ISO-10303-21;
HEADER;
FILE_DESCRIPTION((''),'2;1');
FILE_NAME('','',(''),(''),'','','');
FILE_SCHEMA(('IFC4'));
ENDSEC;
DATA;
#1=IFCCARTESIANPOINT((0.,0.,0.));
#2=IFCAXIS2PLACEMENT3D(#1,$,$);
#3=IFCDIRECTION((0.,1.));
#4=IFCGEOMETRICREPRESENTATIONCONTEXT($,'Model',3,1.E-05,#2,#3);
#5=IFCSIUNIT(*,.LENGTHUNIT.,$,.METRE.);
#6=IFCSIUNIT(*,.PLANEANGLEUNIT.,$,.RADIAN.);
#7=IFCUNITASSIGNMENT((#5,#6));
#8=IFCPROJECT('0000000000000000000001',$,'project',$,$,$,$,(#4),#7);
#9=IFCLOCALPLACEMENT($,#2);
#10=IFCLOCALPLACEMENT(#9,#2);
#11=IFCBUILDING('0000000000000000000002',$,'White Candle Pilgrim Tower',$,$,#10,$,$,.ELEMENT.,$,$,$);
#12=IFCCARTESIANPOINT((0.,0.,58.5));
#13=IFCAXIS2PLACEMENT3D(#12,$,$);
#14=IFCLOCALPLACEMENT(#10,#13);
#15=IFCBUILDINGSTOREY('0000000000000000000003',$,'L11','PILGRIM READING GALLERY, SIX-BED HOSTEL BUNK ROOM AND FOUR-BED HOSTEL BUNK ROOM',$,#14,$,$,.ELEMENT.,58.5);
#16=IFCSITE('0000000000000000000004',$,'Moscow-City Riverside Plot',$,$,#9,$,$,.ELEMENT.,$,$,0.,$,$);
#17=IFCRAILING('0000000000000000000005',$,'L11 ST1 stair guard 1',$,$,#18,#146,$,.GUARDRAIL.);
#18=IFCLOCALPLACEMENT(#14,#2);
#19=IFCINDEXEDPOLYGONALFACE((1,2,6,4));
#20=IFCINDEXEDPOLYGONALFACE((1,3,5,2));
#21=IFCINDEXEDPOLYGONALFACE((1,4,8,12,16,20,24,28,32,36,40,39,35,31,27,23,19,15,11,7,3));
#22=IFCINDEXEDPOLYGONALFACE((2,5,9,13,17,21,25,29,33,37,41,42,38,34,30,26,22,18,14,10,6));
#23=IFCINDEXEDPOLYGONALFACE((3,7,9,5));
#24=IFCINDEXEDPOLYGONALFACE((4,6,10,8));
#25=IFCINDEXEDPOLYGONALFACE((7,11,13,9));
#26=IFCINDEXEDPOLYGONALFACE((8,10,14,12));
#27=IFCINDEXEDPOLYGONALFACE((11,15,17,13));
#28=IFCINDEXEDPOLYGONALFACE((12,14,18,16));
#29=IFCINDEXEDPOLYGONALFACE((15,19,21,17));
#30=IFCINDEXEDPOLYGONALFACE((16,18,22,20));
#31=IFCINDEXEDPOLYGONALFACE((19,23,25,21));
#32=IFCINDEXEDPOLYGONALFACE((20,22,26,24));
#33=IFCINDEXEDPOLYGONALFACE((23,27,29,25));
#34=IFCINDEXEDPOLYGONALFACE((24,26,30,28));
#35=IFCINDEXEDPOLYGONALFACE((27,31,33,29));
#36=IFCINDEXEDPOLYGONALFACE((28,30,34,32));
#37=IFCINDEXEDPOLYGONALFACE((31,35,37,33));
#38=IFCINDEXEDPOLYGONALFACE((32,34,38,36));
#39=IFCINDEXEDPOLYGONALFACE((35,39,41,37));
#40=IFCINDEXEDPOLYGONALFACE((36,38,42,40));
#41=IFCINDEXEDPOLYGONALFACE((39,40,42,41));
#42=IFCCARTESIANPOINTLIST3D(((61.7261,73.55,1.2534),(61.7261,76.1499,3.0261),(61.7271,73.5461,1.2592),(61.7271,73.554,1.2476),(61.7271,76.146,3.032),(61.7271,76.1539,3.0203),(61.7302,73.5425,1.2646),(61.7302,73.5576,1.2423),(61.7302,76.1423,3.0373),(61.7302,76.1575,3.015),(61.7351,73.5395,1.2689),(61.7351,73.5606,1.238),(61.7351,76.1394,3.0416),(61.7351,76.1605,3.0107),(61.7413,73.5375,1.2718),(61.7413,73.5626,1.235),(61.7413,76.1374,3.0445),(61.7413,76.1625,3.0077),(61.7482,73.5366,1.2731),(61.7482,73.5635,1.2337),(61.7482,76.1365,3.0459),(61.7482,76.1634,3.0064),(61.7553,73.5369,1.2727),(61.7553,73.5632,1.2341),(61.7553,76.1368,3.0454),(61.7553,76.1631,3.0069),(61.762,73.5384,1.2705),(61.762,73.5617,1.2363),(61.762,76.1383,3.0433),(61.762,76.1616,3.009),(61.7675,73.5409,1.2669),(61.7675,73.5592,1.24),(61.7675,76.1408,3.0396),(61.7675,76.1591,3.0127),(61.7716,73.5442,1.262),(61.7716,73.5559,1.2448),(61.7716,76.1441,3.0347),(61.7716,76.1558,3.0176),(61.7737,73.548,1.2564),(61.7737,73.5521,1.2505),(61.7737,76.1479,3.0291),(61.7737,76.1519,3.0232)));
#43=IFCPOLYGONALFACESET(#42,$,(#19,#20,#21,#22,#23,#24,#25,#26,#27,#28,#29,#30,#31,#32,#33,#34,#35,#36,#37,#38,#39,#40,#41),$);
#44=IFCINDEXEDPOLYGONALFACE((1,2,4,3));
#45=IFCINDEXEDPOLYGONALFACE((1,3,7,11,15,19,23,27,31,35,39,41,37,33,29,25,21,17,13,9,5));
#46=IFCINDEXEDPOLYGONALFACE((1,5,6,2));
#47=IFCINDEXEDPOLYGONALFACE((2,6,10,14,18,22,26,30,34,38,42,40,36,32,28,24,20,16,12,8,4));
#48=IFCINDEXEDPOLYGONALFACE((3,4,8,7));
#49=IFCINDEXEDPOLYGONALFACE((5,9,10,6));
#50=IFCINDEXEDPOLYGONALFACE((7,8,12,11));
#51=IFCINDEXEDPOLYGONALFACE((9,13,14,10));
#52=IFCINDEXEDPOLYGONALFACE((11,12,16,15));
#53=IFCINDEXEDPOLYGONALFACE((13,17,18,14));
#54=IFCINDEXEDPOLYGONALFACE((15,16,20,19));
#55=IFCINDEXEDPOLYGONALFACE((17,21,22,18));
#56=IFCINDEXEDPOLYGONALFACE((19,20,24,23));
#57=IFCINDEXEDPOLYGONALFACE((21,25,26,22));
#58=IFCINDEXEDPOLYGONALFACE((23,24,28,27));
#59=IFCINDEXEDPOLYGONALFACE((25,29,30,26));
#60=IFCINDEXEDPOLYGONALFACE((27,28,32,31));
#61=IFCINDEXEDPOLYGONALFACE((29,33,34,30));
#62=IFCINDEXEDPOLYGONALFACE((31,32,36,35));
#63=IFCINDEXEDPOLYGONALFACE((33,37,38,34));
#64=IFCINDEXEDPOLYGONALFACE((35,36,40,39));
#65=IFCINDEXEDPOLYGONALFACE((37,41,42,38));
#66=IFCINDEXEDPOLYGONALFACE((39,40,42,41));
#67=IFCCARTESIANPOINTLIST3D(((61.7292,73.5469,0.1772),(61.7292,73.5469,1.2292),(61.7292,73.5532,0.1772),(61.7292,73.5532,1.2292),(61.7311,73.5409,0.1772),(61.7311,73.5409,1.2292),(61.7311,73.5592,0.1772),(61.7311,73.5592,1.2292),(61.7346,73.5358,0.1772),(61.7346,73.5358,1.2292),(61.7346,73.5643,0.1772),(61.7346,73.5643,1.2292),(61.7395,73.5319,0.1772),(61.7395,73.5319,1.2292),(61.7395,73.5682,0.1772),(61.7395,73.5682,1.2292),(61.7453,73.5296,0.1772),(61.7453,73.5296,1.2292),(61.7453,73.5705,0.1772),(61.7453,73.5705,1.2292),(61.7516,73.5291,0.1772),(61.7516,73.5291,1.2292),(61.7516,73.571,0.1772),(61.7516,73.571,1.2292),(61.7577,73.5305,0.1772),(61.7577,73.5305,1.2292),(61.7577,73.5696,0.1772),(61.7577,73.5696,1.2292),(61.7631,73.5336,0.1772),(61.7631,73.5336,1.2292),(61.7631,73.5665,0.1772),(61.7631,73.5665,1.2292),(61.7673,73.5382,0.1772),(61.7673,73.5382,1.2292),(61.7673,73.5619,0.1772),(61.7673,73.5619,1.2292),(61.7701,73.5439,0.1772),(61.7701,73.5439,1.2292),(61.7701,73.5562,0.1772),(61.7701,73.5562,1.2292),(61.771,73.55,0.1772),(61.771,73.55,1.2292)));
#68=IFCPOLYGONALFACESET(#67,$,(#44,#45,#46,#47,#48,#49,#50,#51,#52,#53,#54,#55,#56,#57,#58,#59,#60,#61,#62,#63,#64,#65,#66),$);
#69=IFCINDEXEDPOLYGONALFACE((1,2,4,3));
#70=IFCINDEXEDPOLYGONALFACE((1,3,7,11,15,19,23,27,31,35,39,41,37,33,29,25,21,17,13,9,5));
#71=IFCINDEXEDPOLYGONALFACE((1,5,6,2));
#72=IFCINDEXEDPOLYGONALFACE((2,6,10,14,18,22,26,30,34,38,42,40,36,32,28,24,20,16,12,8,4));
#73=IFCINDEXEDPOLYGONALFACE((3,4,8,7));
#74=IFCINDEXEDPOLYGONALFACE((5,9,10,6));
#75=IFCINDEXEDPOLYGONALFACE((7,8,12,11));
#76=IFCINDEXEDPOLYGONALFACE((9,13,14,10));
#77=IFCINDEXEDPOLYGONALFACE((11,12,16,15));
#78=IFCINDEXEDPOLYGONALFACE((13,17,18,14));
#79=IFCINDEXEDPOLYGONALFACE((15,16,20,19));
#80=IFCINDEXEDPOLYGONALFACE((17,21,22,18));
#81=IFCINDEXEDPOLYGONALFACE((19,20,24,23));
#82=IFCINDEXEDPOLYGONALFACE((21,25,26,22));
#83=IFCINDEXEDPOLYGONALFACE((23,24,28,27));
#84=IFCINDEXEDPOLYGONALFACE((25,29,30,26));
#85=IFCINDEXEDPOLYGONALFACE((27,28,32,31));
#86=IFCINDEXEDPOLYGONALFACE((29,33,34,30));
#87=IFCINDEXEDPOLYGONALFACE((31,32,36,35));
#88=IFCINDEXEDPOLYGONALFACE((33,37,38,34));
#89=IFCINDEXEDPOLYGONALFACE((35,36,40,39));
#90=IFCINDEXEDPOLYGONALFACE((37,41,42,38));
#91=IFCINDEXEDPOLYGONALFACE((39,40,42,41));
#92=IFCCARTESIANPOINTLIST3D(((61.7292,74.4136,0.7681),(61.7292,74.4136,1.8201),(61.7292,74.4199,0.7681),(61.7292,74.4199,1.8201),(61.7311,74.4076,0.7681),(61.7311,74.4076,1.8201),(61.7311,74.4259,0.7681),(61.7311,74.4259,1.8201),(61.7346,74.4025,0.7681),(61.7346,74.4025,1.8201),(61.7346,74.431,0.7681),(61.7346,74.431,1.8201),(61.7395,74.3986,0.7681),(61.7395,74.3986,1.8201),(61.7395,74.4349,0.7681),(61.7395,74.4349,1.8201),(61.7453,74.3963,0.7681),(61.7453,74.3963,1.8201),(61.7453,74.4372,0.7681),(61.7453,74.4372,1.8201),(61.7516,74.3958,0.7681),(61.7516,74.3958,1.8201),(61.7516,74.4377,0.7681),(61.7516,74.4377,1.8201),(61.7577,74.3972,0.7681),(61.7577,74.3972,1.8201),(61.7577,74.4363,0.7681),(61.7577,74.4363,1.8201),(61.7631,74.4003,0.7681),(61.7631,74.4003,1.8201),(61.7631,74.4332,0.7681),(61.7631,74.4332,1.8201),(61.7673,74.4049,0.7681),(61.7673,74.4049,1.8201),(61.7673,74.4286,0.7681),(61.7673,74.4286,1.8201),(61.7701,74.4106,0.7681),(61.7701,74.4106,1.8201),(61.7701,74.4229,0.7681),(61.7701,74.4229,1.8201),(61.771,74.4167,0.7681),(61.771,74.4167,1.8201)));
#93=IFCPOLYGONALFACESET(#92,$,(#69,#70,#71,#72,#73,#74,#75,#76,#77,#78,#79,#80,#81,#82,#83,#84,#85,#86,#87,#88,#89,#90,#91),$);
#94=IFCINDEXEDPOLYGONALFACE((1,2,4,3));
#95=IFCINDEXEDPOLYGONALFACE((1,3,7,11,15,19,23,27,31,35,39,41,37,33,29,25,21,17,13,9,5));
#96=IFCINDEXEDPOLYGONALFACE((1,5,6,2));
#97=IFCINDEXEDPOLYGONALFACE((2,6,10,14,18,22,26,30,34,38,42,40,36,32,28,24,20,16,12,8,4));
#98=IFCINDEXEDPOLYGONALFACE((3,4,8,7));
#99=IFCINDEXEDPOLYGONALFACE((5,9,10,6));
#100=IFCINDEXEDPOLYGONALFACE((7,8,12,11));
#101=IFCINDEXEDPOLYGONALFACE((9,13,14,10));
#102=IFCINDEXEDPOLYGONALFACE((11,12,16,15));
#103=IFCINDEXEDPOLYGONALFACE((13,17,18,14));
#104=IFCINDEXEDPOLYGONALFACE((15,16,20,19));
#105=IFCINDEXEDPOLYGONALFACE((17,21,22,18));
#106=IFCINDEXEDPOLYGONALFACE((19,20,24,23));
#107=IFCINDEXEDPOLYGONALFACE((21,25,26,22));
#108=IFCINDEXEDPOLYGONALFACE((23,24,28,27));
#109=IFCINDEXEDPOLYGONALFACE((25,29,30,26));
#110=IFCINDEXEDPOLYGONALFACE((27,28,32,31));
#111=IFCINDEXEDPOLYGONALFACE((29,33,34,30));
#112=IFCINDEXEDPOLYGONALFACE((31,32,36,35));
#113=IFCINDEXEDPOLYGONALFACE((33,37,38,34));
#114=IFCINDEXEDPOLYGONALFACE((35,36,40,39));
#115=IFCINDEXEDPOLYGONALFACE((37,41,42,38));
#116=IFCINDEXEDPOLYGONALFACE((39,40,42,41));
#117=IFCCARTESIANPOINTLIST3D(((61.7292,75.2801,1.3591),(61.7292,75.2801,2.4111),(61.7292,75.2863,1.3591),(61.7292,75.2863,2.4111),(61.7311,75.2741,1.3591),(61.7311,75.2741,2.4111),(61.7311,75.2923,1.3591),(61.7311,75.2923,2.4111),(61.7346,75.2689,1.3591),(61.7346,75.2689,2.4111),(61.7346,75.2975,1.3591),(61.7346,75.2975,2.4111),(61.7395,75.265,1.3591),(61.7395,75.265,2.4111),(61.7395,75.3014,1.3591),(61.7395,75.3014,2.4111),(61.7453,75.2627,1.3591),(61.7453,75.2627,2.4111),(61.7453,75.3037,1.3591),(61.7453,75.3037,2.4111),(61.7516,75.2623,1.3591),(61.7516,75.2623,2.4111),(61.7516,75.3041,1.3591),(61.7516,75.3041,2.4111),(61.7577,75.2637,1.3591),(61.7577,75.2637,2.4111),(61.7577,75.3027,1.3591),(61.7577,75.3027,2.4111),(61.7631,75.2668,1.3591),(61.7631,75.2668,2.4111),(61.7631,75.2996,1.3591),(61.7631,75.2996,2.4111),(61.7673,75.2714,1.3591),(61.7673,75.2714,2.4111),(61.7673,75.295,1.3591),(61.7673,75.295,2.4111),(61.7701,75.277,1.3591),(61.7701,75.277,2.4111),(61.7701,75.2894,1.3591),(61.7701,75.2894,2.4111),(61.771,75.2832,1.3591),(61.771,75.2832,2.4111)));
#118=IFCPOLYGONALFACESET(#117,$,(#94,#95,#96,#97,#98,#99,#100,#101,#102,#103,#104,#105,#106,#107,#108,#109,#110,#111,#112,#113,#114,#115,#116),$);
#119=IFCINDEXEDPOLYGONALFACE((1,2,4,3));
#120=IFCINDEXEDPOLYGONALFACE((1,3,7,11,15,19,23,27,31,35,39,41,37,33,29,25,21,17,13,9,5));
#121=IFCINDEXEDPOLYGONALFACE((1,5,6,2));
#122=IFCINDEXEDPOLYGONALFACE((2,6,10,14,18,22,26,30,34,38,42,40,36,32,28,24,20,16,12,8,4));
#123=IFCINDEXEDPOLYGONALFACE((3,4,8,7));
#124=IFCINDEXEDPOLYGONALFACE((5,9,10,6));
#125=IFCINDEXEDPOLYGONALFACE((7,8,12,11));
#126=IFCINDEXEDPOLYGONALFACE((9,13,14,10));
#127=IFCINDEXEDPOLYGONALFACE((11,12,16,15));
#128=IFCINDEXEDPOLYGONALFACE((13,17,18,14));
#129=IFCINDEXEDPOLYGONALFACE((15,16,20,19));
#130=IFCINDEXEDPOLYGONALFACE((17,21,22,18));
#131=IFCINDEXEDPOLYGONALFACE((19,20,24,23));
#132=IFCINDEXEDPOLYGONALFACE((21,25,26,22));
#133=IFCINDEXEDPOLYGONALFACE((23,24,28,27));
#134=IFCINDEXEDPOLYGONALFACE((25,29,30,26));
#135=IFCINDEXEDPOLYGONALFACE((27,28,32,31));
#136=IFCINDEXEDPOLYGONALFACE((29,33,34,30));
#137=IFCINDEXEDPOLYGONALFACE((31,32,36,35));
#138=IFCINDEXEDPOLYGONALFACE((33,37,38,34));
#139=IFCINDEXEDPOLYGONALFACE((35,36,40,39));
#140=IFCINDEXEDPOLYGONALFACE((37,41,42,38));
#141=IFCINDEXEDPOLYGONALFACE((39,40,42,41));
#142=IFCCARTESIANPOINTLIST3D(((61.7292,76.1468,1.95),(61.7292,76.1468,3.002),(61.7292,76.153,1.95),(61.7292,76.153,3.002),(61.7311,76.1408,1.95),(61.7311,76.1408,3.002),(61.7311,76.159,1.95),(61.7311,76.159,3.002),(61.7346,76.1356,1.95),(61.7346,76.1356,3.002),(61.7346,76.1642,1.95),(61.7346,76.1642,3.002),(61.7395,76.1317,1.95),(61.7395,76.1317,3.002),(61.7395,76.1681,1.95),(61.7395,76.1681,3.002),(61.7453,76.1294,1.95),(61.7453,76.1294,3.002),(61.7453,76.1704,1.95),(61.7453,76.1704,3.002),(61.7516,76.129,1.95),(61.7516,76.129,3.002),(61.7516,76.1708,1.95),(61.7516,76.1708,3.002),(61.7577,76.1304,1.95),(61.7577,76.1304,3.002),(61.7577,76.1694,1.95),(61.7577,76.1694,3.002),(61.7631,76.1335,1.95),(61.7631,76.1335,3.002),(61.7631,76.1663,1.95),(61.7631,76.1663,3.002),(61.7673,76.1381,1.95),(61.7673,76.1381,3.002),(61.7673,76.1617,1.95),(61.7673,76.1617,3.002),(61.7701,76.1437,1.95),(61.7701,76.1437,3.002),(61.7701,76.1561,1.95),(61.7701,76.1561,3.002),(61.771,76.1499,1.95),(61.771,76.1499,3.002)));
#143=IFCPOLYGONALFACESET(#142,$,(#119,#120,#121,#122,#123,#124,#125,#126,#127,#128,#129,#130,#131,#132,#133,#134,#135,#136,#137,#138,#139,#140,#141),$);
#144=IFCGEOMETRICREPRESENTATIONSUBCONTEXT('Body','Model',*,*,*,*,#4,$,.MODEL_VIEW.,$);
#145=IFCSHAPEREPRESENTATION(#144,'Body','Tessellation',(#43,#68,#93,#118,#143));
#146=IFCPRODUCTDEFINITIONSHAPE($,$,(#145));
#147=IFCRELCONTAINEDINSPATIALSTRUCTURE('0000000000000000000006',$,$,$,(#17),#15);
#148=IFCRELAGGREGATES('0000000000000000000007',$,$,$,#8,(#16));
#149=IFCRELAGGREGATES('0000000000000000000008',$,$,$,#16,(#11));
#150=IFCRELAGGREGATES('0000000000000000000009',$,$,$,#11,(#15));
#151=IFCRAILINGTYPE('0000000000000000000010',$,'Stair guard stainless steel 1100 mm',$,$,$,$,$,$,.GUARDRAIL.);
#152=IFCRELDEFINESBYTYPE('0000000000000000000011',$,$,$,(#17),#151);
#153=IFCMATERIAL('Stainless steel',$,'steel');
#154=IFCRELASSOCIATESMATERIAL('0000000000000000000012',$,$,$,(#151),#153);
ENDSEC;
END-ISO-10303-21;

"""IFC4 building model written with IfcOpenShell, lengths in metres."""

from ifc_helpers import new_model, si_unit, direction, frame, origin, origin_2d, place, context, subcontext, project, spatial, circle, extrude, material, type_object, element, save


model = new_model("IFC4")

# Units and contexts
model_context = context("Model", 3, precision=1e-05, world=origin(), true_north=direction((0.0, 1.0)))
body_context = subcontext(model_context, "Body", "Model", "MODEL_VIEW")
ifc_project = project(units=[si_unit("LENGTHUNIT", "METRE"), si_unit("PLANEANGLEUNIT", "RADIAN")], contexts=[model_context])

# Site, building, storey
site_placement = place(None, origin())
site = spatial("IfcSite", under=ifc_project, at=site_placement, Name="Moscow-City Riverside Plot", CompositionType="ELEMENT", RefElevation=0.0)
building_placement = place(site_placement, origin())
building = spatial("IfcBuilding", under=site, at=building_placement, Name="White Candle Pilgrim Tower", CompositionType="ELEMENT")
storey_placement = place(building_placement, frame((0.0, 0.0, 58.5)))
storey = spatial("IfcBuildingStorey", under=building, at=storey_placement, Name="L11", Description="PILGRIM READING GALLERY, SIX-BED HOSTEL BUNK ROOM AND FOUR-BED HOSTEL BUNK ROOM", CompositionType="ELEMENT", Elevation=58.5)

# Shared definitions
ifc_material_1 = material(Name="Stainless steel", Category="steel")

# Railing
railing_type_1 = type_object("IfcRailingType", Name="Stair guard stainless steel 1100 mm", PredefinedType="GUARDRAIL", material=ifc_material_1)
railing_1_placement = place(storey_placement, frame((61.75, 73.55, 0.1772)))
element("IfcRailing", 1, at=railing_1_placement, inside=storey, type_object=railing_type_1, Name="L11 ST1 stair guard 1", PredefinedType="GUARDRAIL", context=body_context, shape_type="SweptSolid", body=[
    extrude(circle(Radius=0.0239, at=origin_2d()), frame((0.0, 0.0, 1.0762), z_axis=(0.0, 0.826216, 0.563354), x_axis=(-1.0, 0.0, 0.0)), (0.0, 0.0, 1.0), 3.1467),
    extrude(circle(Radius=0.021, at=origin_2d()), origin(), (0.0, 0.0, 1.0), 1.052),
    extrude(circle(Radius=0.021, at=origin_2d()), frame((0.0, 0.8667, 0.5908)), (0.0, 0.0, 1.0), 1.052),
    extrude(circle(Radius=0.021, at=origin_2d()), frame((0.0, 1.7332, 1.1819)), (0.0, 0.0, 1.0), 1.052),
    extrude(circle(Radius=0.021, at=origin_2d()), frame((0.0, 2.5999, 1.7727)), (0.0, 0.0, 1.0), 1.052),
])

save(model, "model.ifc")
